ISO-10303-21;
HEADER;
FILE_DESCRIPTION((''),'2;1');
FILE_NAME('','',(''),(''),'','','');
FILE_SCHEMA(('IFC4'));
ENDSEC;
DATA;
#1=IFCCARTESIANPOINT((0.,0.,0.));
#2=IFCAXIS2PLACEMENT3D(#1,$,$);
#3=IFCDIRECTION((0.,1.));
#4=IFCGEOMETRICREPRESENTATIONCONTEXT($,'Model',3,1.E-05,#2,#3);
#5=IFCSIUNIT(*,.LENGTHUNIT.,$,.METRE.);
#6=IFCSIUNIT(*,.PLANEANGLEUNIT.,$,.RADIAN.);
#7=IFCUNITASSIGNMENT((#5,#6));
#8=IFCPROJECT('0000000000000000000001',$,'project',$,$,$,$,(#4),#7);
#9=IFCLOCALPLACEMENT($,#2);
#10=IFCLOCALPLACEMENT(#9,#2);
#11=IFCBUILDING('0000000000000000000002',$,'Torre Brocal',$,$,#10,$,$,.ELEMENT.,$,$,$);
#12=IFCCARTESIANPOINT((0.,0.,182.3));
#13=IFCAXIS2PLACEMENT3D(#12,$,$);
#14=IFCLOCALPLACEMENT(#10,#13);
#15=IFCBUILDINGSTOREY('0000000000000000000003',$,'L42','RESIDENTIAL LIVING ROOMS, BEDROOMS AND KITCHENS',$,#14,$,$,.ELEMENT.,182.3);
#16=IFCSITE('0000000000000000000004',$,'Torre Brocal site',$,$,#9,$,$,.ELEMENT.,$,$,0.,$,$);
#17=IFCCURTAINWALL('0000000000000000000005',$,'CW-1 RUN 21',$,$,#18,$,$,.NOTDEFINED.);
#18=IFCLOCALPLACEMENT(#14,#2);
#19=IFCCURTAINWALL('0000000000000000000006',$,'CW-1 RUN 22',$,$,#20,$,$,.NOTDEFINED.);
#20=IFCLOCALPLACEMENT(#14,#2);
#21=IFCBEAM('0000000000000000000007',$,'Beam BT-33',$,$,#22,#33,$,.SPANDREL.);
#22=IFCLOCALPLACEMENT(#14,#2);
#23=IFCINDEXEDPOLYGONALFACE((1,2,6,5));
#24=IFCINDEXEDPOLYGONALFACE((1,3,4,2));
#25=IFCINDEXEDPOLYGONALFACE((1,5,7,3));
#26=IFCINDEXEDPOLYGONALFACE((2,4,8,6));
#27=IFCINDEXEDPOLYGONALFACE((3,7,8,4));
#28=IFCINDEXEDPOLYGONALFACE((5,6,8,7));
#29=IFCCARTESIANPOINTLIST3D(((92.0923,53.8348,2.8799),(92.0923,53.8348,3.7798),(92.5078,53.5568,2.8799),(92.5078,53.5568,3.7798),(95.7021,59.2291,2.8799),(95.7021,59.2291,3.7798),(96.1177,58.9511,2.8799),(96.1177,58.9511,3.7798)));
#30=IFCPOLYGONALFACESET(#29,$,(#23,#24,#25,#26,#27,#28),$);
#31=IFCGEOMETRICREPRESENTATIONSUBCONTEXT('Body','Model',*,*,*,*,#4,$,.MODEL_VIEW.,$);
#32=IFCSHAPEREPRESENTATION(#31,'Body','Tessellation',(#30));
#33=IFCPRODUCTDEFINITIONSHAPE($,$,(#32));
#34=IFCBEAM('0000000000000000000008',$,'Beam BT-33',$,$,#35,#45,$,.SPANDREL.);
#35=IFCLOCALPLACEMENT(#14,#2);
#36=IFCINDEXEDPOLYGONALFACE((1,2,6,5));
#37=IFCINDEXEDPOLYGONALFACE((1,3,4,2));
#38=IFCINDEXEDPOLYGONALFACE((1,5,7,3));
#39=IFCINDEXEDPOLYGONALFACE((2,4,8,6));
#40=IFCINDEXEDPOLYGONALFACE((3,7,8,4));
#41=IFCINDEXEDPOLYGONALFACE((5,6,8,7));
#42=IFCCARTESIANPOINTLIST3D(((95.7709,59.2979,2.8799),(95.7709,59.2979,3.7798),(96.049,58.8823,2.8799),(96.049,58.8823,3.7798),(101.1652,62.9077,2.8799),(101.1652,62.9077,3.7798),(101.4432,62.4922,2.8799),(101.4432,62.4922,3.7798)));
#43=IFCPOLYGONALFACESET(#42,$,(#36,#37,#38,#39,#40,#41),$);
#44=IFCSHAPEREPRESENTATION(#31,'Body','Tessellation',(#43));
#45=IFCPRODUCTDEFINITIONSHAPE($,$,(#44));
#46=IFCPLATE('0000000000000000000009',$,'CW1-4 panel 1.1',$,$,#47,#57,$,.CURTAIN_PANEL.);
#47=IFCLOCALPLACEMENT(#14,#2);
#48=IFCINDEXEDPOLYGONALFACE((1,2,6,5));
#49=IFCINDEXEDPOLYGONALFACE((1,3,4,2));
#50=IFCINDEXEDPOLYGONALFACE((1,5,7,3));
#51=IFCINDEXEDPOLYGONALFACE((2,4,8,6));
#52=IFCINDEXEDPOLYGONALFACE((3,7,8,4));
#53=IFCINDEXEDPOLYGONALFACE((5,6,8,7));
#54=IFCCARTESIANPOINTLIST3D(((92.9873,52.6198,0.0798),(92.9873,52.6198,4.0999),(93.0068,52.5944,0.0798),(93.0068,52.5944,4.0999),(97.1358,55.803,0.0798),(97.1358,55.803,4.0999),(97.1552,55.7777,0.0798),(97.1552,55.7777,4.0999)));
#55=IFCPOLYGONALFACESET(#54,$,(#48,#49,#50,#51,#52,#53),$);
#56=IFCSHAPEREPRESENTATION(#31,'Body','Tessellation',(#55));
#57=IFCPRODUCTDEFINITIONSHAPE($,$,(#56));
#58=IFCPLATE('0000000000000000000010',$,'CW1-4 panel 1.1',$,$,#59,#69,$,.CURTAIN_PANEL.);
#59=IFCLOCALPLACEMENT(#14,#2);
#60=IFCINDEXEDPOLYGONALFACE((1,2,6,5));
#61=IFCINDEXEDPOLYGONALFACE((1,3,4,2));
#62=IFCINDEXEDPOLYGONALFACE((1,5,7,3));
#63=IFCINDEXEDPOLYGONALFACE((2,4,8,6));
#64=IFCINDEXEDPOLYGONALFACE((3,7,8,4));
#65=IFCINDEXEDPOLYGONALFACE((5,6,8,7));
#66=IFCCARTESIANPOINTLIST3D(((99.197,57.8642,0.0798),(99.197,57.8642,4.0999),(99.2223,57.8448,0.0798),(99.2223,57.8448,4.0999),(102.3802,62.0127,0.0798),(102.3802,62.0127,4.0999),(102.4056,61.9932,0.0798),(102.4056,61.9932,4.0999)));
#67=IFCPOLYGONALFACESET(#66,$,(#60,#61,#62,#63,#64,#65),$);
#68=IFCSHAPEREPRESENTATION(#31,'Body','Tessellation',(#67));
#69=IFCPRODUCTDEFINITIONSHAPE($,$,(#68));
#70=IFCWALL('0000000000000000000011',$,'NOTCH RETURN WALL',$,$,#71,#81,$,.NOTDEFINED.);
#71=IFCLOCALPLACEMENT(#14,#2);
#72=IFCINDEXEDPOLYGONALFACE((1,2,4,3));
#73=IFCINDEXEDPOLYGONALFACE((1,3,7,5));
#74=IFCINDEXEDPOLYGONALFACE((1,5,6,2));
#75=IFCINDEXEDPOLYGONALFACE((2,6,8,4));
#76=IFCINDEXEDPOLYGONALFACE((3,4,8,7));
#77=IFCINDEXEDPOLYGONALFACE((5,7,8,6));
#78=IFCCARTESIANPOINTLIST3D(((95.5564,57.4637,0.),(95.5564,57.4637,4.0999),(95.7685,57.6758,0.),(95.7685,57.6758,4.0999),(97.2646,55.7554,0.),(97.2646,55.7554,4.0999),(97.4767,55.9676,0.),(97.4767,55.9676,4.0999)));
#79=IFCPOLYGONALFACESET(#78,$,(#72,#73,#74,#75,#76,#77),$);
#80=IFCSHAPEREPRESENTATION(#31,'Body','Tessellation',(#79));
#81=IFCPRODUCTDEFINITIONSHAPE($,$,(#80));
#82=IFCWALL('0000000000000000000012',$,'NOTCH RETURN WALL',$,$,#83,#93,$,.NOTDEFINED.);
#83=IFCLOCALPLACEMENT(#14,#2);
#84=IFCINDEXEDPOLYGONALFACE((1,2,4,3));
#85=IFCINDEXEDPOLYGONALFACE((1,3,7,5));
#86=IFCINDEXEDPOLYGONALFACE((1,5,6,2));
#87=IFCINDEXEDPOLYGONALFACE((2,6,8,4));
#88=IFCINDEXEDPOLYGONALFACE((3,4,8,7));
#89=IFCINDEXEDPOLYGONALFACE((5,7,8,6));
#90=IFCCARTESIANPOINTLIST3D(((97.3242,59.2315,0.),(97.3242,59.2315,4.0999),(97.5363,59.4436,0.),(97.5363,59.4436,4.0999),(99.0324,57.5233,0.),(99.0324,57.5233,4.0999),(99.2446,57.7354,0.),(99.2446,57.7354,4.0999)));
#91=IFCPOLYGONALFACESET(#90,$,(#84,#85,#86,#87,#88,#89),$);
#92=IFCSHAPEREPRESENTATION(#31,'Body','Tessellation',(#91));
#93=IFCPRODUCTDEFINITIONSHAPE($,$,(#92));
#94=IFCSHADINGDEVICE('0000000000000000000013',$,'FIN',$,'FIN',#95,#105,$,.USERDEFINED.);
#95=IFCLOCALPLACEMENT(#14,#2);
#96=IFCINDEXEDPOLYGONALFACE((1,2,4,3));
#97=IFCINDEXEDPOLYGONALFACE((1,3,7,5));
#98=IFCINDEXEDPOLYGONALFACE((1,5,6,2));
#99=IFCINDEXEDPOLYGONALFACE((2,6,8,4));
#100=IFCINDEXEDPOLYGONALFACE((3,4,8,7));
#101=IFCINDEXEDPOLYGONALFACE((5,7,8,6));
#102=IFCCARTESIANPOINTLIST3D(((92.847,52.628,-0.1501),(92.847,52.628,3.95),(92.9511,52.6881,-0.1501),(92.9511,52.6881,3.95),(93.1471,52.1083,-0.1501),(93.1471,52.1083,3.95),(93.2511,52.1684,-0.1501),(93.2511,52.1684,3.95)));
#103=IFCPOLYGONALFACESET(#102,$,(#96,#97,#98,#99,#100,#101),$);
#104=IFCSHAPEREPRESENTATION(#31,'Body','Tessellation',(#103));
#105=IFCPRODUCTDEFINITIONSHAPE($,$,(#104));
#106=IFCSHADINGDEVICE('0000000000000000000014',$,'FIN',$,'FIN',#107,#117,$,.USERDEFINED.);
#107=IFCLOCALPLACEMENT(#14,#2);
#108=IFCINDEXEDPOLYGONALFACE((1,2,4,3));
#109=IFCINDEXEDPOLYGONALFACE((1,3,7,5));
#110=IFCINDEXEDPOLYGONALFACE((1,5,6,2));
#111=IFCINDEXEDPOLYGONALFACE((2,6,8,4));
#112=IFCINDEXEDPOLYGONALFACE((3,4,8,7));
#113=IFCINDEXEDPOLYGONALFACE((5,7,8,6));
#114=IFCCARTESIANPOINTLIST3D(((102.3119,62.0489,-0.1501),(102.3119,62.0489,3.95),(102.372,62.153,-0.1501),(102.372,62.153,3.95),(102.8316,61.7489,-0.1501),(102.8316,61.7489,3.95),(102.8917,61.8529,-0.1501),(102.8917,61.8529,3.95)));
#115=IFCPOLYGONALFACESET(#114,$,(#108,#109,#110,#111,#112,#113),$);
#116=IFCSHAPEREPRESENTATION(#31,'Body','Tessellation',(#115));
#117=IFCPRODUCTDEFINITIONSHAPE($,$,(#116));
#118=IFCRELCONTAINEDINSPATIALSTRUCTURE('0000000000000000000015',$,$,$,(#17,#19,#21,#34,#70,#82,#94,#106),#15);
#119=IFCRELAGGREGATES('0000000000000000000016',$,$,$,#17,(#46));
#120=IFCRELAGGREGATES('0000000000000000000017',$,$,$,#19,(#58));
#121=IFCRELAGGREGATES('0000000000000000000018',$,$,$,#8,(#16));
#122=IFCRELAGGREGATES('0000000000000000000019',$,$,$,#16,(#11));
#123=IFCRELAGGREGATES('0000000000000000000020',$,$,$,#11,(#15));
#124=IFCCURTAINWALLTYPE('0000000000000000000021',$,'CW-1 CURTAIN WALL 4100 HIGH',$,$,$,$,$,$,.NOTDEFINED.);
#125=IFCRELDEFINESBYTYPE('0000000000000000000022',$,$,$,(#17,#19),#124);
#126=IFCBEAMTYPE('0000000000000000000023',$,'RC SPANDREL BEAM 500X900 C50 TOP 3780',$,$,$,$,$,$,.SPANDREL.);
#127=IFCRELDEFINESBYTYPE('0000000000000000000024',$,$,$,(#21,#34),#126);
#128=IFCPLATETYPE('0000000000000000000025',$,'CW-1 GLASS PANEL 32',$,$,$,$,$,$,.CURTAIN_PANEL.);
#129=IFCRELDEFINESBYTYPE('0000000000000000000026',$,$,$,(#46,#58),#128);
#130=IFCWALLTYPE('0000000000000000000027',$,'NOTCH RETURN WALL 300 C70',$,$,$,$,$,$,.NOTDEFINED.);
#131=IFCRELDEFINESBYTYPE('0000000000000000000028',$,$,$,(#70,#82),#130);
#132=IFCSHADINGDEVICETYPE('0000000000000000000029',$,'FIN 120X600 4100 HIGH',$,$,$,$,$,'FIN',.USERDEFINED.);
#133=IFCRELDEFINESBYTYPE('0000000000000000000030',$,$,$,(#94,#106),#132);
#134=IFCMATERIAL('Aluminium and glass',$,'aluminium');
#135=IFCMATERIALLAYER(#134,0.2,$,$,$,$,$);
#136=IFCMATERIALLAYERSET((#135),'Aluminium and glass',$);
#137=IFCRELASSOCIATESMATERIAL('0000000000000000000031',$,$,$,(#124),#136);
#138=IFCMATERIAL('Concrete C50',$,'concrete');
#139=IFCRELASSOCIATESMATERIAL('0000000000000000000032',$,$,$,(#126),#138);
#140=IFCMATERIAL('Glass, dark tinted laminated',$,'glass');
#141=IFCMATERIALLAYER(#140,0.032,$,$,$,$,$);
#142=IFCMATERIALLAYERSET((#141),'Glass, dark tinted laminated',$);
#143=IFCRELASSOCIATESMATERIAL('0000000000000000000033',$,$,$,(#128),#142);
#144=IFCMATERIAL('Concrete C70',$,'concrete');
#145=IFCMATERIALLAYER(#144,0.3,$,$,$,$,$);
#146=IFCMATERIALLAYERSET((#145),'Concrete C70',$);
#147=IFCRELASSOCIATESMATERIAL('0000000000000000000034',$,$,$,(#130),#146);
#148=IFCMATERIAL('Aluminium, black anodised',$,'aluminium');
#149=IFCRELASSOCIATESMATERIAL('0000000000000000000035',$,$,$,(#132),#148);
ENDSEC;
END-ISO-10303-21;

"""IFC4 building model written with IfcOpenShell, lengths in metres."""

from ifc_helpers import new_model, si_unit, direction, frame, frame_2d, origin, origin_2d, place, context, subcontext, project, spatial, rectangle, extrude, material, layer, layer_set, material_profile, profile_set, type_object, element, aggregate, save


model = new_model("IFC4")

# Units and contexts
model_context = context("Model", 3, precision=1e-05, world=origin(), true_north=direction((0.0, 1.0)))
body_context = subcontext(model_context, "Body", "Model", "MODEL_VIEW")
ifc_project = project(units=[si_unit("LENGTHUNIT", "METRE"), si_unit("PLANEANGLEUNIT", "RADIAN")], contexts=[model_context])

# Site, building, storey
site_placement = place(None, origin())
site = spatial("IfcSite", under=ifc_project, at=site_placement, Name="Torre Brocal site", CompositionType="ELEMENT", RefElevation=0.0)
building_placement = place(site_placement, origin())
building = spatial("IfcBuilding", under=site, at=building_placement, Name="Torre Brocal", CompositionType="ELEMENT")
storey_placement = place(building_placement, frame((0.0, 0.0, 182.3)))
storey = spatial("IfcBuildingStorey", under=building, at=storey_placement, Name="L42", Description="RESIDENTIAL LIVING ROOMS, BEDROOMS AND KITCHENS", CompositionType="ELEMENT", Elevation=182.3)

# Shared definitions
ifc_material_1 = material(Name="Aluminium and glass", Category="aluminium")
ifc_layer_1 = layer(ifc_material_1, 0.2)
ifc_layer_set_1 = layer_set([ifc_layer_1], Name="Aluminium and glass")
curtain_wall_type = type_object("IfcCurtainWallType", Name="CW-1 CURTAIN WALL 4100 HIGH", PredefinedType="NOTDEFINED", material=ifc_layer_set_1)

# Curtain walls
curtain_wall_1_placement = place(storey_placement, origin())
curtain_wall_1 = element("IfcCurtainWall", 1, at=curtain_wall_1_placement, inside=storey, type_object=curtain_wall_type, Name="CW-1 RUN 21", PredefinedType="NOTDEFINED")
curtain_wall_2_placement = place(storey_placement, origin())
curtain_wall_2 = element("IfcCurtainWall", 2, at=curtain_wall_2_placement, inside=storey, type_object=curtain_wall_type, Name="CW-1 RUN 22", PredefinedType="NOTDEFINED")

# Beams
ifc_material_2 = material(Name="Concrete C50", Category="concrete")
ifc_material_profile_1 = material_profile(ifc_material_2, rectangle(XDim=0.5, YDim=0.8999, at=origin_2d()), Name="RC 500X900")
ifc_profile_set_1 = profile_set([ifc_material_profile_1], Name="Concrete C50")
beam_type_1 = type_object("IfcBeamType", Name="RC SPANDREL BEAM 500X900 C50 TOP 3780", PredefinedType="SPANDREL", material=ifc_profile_set_1)
for number, where, z_axis, x_axis, name in (
    (3, (92.3, 53.6958, 3.3298), (0.556158, 0.831077, 0.0), (-0.831077, 0.556158, 0.0), "Beam BT-33"),
    (4, (95.9099, 59.0901, 3.3298), (0.831077, 0.556158, 0.0), (-0.556158, 0.831077, 0.0), "Beam BT-33"),
):
    element("IfcBeam", number, at=place(storey_placement, frame(where, z_axis=z_axis, x_axis=x_axis)), inside=storey, type_object=beam_type_1, Name=name, PredefinedType="SPANDREL", context=body_context, shape_type="SweptSolid", body=[
        extrude(rectangle(XDim=0.5, YDim=0.8999, at=origin_2d()), origin(), (0.0, 0.0, 1.0), 6.4907),
    ])

# Plates
ifc_material_3 = material(Name="Glass, dark tinted laminated", Category="glass")
ifc_layer_2 = layer(ifc_material_3, 0.032)
ifc_layer_set_2 = layer_set([ifc_layer_2], Name="Glass, dark tinted laminated")
plate_type = type_object("IfcPlateType", Name="CW-1 GLASS PANEL 32", PredefinedType="CURTAIN_PANEL", material=ifc_layer_set_2)
plate_1_placement = place(storey_placement, frame((95.0713, 54.1987, 0.0798), z_axis=(0.0, 0.0, 1.0), x_axis=(0.793353, 0.608761, 0.0)))
plate_1 = element("IfcPlate", 5, at=plate_1_placement, type_object=plate_type, Name="CW1-4 panel 1.1", PredefinedType="CURTAIN_PANEL", context=body_context, shape_type="SweptSolid", body=[
    extrude(rectangle(XDim=5.229, YDim=0.032, at=origin_2d()), origin(), (0.0, 0.0, 1.0), 4.02),
])
aggregate(curtain_wall_1, [plate_1])
plate_2_placement = place(storey_placement, frame((100.8013, 59.9287, 0.0798), z_axis=(0.0, 0.0, 1.0), x_axis=(0.608761, 0.793353, 0.0)))
plate_2 = element("IfcPlate", 6, at=plate_2_placement, type_object=plate_type, Name="CW1-4 panel 1.1", PredefinedType="CURTAIN_PANEL", context=body_context, shape_type="SweptSolid", body=[
    extrude(rectangle(XDim=5.229, YDim=0.032, at=origin_2d()), origin(), (0.0, 0.0, 1.0), 4.02),
])
aggregate(curtain_wall_2, [plate_2])

# Walls
ifc_material_4 = material(Name="Concrete C70", Category="concrete")
ifc_layer_3 = layer(ifc_material_4, 0.3)
ifc_layer_set_3 = layer_set([ifc_layer_3], Name="Concrete C70")
wall_type = type_object("IfcWallType", Name="NOTCH RETURN WALL 300 C70", PredefinedType="NOTDEFINED", material=ifc_layer_set_3)
for number, where, z_axis, x_axis, name in (
    (7, (95.6624, 57.5698, 0.0), (0.0, 0.0, 1.0), (0.707107, -0.707107, 0.0), "NOTCH RETURN WALL"),
    (8, (97.4302, 59.3376, 0.0), (0.0, 0.0, 1.0), (0.707107, -0.707107, 0.0), "NOTCH RETURN WALL"),
):
    element("IfcWall", number, at=place(storey_placement, frame(where, z_axis=z_axis, x_axis=x_axis)), inside=storey, type_object=wall_type, Name=name, PredefinedType="NOTDEFINED", context=body_context, shape_type="SweptSolid", body=[
        extrude(rectangle(XDim=2.4158, YDim=0.3, at=frame_2d((1.208, 0.0))), origin(), (0.0, 0.0, 1.0), 4.0999),
    ])

# Shading devices
ifc_material_5 = material(Name="Aluminium, black anodised", Category="aluminium")
ifc_material_profile_2 = material_profile(ifc_material_5, rectangle(XDim=0.1201, YDim=0.6001, at=origin_2d()), Name="FIN 120X600 4100 HIGH")
ifc_profile_set_2 = profile_set([ifc_material_profile_2], Name="Aluminium, black anodised")
shading_device_type = type_object("IfcShadingDeviceType", Name="FIN 120X600 4100 HIGH", ElementType="FIN", PredefinedType="USERDEFINED", material=ifc_profile_set_2)
for number, where, z_axis, x_axis, name in (
    (9, (93.0491, 52.3982, -0.1501), (0.0, 0.0, 1.0), (0.866025, 0.5, 0.0), "FIN"),
    (10, (102.6018, 61.9509, -0.1501), (0.0, 0.0, 1.0), (0.5, 0.866025, 0.0), "FIN"),
):
    element("IfcShadingDevice", number, at=place(storey_placement, frame(where, z_axis=z_axis, x_axis=x_axis)), inside=storey, type_object=shading_device_type, Name=name, ObjectType="FIN", PredefinedType="USERDEFINED", context=body_context, shape_type="SweptSolid", body=[
        extrude(rectangle(XDim=0.1201, YDim=0.6001, at=origin_2d()), origin(), (0.0, 0.0, 1.0), 4.1001),
    ])

save(model, "model.ifc")
